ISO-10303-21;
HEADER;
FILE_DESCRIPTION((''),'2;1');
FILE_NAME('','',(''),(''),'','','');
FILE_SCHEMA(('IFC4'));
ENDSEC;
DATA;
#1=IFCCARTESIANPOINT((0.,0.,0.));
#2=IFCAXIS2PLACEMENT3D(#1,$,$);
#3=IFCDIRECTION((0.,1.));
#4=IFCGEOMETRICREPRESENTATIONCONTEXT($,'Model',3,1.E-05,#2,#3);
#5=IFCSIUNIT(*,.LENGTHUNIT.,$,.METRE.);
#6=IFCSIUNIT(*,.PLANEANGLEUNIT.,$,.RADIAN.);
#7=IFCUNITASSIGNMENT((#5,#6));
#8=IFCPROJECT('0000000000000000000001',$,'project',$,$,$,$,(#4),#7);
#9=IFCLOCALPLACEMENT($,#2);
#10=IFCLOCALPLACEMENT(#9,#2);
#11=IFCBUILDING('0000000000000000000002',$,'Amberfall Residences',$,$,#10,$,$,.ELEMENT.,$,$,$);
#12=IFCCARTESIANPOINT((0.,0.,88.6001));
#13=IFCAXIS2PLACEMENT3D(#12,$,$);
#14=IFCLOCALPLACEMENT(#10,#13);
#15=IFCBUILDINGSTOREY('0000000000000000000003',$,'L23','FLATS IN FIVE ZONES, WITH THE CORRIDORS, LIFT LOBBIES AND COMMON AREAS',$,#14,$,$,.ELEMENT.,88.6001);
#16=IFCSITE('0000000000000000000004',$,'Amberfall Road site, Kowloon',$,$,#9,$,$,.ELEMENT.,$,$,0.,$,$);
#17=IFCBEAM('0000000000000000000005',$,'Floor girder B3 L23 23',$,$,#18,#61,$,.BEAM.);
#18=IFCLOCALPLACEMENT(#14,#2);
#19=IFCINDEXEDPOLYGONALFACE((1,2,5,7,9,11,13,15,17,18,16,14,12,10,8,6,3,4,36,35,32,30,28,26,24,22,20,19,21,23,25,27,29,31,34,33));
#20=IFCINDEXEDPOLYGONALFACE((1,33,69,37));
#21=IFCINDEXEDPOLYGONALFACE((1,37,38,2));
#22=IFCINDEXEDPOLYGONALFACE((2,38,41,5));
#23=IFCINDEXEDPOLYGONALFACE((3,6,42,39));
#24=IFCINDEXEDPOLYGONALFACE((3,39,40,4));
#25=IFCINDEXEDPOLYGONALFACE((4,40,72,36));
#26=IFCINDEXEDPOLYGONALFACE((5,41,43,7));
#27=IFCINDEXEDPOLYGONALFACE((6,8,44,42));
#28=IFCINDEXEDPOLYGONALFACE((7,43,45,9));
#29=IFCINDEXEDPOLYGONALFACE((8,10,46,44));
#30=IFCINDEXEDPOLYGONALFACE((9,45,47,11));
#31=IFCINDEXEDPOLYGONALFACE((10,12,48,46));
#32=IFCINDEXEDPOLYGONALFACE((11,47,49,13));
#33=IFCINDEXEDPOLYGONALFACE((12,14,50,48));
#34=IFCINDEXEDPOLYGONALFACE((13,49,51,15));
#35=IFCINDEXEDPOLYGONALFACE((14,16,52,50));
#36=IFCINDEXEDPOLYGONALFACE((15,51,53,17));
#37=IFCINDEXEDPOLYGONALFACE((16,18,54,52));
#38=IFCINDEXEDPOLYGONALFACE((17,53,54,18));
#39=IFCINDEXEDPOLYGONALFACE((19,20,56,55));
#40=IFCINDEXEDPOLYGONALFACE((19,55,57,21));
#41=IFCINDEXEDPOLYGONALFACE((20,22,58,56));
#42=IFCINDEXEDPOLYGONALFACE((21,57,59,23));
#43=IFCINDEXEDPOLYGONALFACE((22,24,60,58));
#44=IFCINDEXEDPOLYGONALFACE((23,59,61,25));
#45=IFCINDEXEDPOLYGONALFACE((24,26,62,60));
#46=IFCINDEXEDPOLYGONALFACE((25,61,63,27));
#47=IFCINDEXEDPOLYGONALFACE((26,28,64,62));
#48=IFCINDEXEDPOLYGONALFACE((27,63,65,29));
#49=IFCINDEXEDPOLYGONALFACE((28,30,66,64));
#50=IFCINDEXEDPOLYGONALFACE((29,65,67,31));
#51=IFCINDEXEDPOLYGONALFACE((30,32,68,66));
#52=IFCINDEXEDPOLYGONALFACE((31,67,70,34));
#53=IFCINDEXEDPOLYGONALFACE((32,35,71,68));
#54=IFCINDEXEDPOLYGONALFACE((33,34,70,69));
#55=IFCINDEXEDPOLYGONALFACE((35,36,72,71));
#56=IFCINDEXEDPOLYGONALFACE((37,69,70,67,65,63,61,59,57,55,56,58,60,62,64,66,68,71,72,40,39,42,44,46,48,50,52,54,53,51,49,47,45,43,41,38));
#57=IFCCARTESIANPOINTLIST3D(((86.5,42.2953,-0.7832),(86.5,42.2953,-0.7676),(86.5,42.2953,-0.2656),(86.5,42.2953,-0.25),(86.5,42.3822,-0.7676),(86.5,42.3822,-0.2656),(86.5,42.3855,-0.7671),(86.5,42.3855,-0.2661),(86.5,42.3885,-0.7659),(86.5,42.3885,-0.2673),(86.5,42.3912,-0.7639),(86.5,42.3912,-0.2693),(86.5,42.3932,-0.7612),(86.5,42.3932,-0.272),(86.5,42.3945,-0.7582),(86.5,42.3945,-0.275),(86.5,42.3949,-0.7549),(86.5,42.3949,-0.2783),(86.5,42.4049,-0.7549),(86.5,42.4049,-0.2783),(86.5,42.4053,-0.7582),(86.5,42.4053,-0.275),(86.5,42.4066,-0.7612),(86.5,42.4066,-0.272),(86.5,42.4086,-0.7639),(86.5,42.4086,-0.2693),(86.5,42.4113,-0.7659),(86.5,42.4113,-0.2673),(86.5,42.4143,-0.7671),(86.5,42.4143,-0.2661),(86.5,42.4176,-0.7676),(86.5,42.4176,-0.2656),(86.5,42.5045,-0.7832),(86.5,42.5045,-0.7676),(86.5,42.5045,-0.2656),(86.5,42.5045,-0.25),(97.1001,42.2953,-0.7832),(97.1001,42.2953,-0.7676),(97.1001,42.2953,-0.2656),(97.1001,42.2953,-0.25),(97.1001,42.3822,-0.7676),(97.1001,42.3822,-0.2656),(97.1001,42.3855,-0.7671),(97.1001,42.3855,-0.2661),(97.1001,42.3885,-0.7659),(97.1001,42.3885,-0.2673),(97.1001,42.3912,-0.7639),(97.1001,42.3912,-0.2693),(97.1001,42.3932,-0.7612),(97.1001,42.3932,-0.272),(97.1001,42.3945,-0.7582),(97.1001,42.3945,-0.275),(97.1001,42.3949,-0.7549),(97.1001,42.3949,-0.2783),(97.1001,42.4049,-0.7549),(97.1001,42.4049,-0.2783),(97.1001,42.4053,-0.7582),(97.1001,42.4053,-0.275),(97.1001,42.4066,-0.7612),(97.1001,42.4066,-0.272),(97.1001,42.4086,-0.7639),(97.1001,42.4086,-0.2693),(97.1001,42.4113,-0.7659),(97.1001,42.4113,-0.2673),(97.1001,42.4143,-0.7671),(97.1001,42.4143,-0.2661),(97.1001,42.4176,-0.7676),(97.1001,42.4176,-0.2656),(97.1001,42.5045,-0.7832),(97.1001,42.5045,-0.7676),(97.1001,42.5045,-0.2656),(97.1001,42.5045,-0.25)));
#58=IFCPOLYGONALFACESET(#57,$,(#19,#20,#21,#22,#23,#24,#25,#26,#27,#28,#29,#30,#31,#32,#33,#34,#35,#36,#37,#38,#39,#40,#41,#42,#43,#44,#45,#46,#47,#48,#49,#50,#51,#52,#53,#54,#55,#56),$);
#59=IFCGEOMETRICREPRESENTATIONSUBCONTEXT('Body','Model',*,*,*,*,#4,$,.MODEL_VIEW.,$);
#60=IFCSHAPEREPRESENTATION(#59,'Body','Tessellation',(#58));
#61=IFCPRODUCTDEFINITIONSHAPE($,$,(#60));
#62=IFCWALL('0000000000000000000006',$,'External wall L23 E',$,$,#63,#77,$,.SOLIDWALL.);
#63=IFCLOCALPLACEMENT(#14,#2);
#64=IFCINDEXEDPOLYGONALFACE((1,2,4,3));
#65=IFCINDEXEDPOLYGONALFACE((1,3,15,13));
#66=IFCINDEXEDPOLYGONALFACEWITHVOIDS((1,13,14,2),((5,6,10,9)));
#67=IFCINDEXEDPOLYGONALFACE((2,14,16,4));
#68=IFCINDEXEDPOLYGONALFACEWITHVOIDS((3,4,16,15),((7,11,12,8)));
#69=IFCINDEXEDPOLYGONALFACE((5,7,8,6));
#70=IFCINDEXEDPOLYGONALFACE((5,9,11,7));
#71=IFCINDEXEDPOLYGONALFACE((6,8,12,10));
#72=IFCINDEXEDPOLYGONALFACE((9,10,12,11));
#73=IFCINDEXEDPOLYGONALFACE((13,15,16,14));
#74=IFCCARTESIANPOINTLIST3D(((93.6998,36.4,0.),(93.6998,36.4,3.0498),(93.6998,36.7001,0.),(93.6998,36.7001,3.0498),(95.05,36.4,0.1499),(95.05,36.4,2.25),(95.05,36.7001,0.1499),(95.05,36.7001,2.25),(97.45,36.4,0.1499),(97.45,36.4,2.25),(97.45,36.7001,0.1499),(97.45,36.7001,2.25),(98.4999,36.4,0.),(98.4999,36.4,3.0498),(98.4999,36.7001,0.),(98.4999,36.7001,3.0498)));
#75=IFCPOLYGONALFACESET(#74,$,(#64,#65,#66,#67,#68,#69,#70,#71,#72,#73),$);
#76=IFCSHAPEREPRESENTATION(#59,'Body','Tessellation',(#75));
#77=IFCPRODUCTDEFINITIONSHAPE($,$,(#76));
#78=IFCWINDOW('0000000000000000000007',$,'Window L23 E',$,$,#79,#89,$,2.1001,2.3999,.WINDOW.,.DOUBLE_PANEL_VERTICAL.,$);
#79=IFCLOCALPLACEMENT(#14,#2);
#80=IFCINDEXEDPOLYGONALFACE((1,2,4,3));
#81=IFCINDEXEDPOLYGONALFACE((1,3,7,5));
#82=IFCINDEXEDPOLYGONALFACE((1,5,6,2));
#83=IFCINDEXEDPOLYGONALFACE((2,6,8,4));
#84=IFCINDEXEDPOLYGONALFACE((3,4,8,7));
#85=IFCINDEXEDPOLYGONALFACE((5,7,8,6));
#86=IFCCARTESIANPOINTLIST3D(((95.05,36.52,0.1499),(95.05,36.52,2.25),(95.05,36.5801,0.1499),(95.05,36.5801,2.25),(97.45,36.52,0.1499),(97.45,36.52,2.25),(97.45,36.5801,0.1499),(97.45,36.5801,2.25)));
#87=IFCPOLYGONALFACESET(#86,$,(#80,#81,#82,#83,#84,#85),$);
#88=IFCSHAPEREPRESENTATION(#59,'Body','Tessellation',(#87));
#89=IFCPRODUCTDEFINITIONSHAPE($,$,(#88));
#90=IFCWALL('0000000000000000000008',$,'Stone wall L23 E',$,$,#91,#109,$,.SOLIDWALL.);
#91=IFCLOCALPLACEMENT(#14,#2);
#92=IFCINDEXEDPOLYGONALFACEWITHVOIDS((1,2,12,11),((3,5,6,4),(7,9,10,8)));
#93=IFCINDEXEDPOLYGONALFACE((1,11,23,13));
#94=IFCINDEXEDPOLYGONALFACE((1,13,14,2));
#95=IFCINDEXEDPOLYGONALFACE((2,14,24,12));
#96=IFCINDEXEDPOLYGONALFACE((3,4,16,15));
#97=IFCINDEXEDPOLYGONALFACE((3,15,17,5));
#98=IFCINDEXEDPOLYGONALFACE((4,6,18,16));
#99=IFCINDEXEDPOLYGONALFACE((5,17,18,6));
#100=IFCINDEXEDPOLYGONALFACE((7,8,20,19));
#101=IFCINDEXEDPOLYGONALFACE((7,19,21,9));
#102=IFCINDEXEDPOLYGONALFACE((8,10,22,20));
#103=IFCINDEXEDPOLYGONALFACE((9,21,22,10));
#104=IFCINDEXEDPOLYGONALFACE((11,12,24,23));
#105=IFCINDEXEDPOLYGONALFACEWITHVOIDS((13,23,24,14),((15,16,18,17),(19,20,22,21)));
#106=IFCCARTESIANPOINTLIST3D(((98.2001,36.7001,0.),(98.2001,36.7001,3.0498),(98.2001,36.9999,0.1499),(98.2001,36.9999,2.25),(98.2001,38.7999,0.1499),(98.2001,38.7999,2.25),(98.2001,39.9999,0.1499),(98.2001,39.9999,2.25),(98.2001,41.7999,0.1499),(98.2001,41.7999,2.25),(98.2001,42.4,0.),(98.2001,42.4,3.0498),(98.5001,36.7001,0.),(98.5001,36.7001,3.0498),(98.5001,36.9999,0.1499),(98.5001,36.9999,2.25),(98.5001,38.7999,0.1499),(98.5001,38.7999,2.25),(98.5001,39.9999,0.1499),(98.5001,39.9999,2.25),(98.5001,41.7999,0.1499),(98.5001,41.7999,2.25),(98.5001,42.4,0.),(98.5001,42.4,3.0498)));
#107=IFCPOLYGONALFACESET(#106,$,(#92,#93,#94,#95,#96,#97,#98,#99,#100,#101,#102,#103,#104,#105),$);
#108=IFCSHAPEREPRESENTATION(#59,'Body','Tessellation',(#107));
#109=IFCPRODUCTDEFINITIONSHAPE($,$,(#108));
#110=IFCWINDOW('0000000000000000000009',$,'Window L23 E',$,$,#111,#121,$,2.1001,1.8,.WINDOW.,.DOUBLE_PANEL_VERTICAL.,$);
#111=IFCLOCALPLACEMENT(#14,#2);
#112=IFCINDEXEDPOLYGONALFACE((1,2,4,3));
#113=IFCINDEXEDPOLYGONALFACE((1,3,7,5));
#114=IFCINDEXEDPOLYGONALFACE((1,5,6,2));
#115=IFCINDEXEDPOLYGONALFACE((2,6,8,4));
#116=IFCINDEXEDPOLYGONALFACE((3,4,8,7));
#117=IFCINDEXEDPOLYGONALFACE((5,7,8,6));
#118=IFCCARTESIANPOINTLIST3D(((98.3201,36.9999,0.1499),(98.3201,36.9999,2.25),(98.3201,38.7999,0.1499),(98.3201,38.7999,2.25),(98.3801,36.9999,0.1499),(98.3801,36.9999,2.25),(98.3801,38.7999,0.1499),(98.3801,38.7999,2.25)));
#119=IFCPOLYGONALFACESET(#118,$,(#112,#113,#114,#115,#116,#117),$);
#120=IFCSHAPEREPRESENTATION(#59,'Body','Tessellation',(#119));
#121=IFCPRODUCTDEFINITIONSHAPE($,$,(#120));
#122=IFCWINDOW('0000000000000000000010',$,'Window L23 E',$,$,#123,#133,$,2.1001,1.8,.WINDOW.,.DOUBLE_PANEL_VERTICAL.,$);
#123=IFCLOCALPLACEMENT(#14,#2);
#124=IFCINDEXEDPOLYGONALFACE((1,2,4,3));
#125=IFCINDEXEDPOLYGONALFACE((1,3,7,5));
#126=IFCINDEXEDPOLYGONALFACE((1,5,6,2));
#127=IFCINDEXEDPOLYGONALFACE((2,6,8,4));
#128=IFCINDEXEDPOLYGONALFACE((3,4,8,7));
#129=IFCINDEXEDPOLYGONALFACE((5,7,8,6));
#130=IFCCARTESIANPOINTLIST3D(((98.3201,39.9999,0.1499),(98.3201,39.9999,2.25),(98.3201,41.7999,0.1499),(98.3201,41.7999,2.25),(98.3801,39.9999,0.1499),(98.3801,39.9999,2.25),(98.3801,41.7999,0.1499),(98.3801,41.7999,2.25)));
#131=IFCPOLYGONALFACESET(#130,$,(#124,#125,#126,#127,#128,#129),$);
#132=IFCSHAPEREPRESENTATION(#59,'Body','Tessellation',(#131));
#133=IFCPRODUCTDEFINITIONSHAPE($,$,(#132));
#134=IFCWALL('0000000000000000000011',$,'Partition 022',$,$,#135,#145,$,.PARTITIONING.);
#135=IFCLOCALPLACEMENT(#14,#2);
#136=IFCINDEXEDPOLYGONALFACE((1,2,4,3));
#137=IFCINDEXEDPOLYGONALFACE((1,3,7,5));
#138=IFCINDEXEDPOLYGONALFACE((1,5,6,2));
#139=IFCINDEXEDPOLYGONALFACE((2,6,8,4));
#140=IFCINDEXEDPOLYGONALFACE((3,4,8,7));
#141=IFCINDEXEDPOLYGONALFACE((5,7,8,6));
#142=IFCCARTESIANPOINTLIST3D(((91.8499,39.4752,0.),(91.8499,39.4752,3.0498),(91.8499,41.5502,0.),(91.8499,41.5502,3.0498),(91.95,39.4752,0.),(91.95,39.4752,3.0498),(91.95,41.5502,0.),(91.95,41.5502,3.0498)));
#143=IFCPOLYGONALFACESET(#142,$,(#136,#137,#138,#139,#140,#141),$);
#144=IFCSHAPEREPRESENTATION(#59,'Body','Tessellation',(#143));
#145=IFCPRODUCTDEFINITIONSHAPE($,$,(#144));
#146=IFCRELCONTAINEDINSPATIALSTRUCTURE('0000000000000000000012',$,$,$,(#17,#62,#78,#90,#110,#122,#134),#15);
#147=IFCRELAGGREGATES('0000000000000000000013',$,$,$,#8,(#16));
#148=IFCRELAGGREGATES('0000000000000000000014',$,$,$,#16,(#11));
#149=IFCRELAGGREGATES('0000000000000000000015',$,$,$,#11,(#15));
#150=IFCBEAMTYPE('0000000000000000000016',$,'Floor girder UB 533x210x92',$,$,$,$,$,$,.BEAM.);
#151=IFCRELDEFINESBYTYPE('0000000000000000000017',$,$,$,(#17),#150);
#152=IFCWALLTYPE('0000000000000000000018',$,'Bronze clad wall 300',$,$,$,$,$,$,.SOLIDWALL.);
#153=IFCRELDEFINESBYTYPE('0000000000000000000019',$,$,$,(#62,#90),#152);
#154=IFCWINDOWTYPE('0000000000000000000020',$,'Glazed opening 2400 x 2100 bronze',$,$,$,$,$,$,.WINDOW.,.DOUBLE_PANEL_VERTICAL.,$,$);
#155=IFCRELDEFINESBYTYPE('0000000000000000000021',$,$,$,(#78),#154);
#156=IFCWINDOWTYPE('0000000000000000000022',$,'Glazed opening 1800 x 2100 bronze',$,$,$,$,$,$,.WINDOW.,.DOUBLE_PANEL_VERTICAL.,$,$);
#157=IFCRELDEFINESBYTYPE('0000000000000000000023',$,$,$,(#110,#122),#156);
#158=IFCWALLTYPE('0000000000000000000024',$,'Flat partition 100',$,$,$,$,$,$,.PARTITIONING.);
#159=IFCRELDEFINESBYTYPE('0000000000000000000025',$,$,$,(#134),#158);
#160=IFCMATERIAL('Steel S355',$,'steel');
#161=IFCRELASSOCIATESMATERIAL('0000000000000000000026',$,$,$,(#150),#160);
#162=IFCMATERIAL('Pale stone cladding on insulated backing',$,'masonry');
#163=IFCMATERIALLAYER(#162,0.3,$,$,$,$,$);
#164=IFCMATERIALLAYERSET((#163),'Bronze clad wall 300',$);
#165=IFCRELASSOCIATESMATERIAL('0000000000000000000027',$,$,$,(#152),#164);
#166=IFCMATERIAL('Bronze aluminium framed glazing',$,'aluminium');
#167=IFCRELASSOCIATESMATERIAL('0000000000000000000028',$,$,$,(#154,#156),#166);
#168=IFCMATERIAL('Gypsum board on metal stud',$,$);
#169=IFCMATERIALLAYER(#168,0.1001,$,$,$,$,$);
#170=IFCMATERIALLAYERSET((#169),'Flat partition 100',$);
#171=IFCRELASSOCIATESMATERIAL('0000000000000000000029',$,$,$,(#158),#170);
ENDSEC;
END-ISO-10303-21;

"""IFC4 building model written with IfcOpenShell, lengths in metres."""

from ifc_helpers import new_model, si_unit, direction, frame, frame_2d, origin, origin_2d, place, context, subcontext, project, spatial, rectangle, i_section, extrude, material, layer, layer_set, material_profile, profile_set, type_object, element, fill, save


model = new_model("IFC4")

# Units and contexts
model_context = context("Model", 3, precision=1e-05, world=origin(), true_north=direction((0.0, 1.0)))
body_context = subcontext(model_context, "Body", "Model", "MODEL_VIEW")
ifc_project = project(units=[si_unit("LENGTHUNIT", "METRE"), si_unit("PLANEANGLEUNIT", "RADIAN")], contexts=[model_context])

# Site, building, storey
site_placement = place(None, origin())
site = spatial("IfcSite", under=ifc_project, at=site_placement, Name="Amberfall Road site, Kowloon", CompositionType="ELEMENT", RefElevation=0.0)
building_placement = place(site_placement, origin())
building = spatial("IfcBuilding", under=site, at=building_placement, Name="Amberfall Residences", CompositionType="ELEMENT")
storey_placement = place(building_placement, frame((0.0, 0.0, 88.6001)))
storey = spatial("IfcBuildingStorey", under=building, at=storey_placement, Name="L23", Description="FLATS IN FIVE ZONES, WITH THE CORRIDORS, LIFT LOBBIES AND COMMON AREAS", CompositionType="ELEMENT", Elevation=88.6001)

# Beam
ifc_material_1 = material(Name="Steel S355", Category="steel")
ifc_material_profile_1 = material_profile(ifc_material_1, i_section(OverallWidth=0.2092, OverallDepth=0.5332, WebThickness=0.01, FlangeThickness=0.0156, FilletRadius=0.0127, at=origin_2d()), Name="UB 533x210x92")
ifc_profile_set_1 = profile_set([ifc_material_profile_1], Name="Steel S355")
beam_type_1 = type_object("IfcBeamType", Name="Floor girder UB 533x210x92", PredefinedType="BEAM", material=ifc_profile_set_1)
beam_1_placement = place(storey_placement, frame((97.1001, 42.3999, -0.5166), z_axis=(-1.0, 0.0, 0.0), x_axis=(0.0, -1.0, 0.0)))
element("IfcBeam", 1, at=beam_1_placement, inside=storey, type_object=beam_type_1, Name="Floor girder B3 L23 23", PredefinedType="BEAM", context=body_context, shape_type="SweptSolid", body=[
    extrude(i_section(OverallWidth=0.2092, OverallDepth=0.5332, WebThickness=0.01, FlangeThickness=0.0156, FilletRadius=0.0127, at=origin_2d()), origin(), (0.0, 0.0, 1.0), 10.6001),
])

# Wall, opening, window
ifc_material_2 = material(Name="Pale stone cladding on insulated backing", Category="masonry")
ifc_layer_1 = layer(ifc_material_2, 0.3)
ifc_layer_set_1 = layer_set([ifc_layer_1], Name="Bronze clad wall 300")
wall_type_1 = type_object("IfcWallType", Name="Bronze clad wall 300", PredefinedType="SOLIDWALL", material=ifc_layer_set_1)
wall_1_placement = place(storey_placement, frame((93.7, 36.55, 0.0), z_axis=(0.0, 0.0, 1.0), x_axis=(1.0, 0.0, 0.0)))
wall_1 = element("IfcWall", 2, at=wall_1_placement, inside=storey, type_object=wall_type_1, Name="External wall L23 E", PredefinedType="SOLIDWALL", context=body_context, shape_type="SweptSolid", body=[
    extrude(rectangle(XDim=4.8, YDim=0.3, at=frame_2d((2.3999, 0.0))), origin(), (0.0, 0.0, 1.0), 3.0498),
])
opening_1_placement = place(wall_1_placement, frame((1.3501, 0.0, 0.1499)))
opening_1 = element("IfcOpeningElement", 3, at=opening_1_placement, cuts=wall_1, PredefinedType="OPENING", context=body_context, shape_type="SweptSolid", body=[
    extrude(rectangle(XDim=2.3999, YDim=2.1001, at=frame_2d((1.2, 1.05))), frame((0.0, 0.1599, 0.0), z_axis=(0.0, -1.0, 0.0), x_axis=(1.0, 0.0, 0.0)), (0.0, 0.0, 1.0), 0.3201),
])
ifc_material_3 = material(Name="Bronze aluminium framed glazing", Category="aluminium")
window_type_1 = type_object("IfcWindowType", Name="Glazed opening 2400 x 2100 bronze", PartitioningType="DOUBLE_PANEL_VERTICAL", PredefinedType="WINDOW", material=ifc_material_3)
window_1_placement = place(opening_1_placement, origin())
window_1 = element("IfcWindow", 4, at=window_1_placement, inside=storey, type_object=window_type_1, Name="Window L23 E", OverallHeight=2.1001, OverallWidth=2.3999, PartitioningType="DOUBLE_PANEL_VERTICAL", PredefinedType="WINDOW", context=body_context, shape_type="SweptSolid", body=[
    extrude(rectangle(XDim=2.3999, YDim=2.1001, at=frame_2d((1.2, 1.05))), frame((0.0, 0.03, 0.0), z_axis=(0.0, -1.0, 0.0), x_axis=(1.0, 0.0, 0.0)), (0.0, 0.0, 1.0), 0.0601),
])
fill(opening_1, window_1)

# Wall, openings, windows
wall_2_placement = place(storey_placement, frame((98.3501, 36.7, 0.0), z_axis=(0.0, 0.0, 1.0), x_axis=(0.0, 1.0, 0.0)))
wall_2 = element("IfcWall", 5, at=wall_2_placement, inside=storey, type_object=wall_type_1, Name="Stone wall L23 E", PredefinedType="SOLIDWALL", context=body_context, shape_type="SweptSolid", body=[
    extrude(rectangle(XDim=5.7, YDim=0.3, at=frame_2d((2.8501, 0.0))), origin(), (0.0, 0.0, 1.0), 3.0498),
])
opening_2_placement = place(wall_2_placement, frame((0.3, 0.0, 0.1499)))
opening_2 = element("IfcOpeningElement", 6, at=opening_2_placement, cuts=wall_2, PredefinedType="OPENING", context=body_context, shape_type="SweptSolid", body=[
    extrude(rectangle(XDim=1.8, YDim=2.1001, at=frame_2d((0.8999, 1.05))), frame((0.0, 0.1599, 0.0), z_axis=(0.0, -1.0, 0.0), x_axis=(1.0, 0.0, 0.0)), (0.0, 0.0, 1.0), 0.3201),
])
opening_3_placement = place(wall_2_placement, frame((3.3, 0.0, 0.1499)))
opening_3 = element("IfcOpeningElement", 7, at=opening_3_placement, cuts=wall_2, PredefinedType="OPENING", context=body_context, shape_type="SweptSolid", body=[
    extrude(rectangle(XDim=1.8, YDim=2.1001, at=frame_2d((0.8999, 1.05))), frame((0.0, 0.1599, 0.0), z_axis=(0.0, -1.0, 0.0), x_axis=(1.0, 0.0, 0.0)), (0.0, 0.0, 1.0), 0.3201),
])
window_type_2 = type_object("IfcWindowType", Name="Glazed opening 1800 x 2100 bronze", PartitioningType="DOUBLE_PANEL_VERTICAL", PredefinedType="WINDOW", material=ifc_material_3)
window_2_placement = place(opening_2_placement, origin())
window_2 = element("IfcWindow", 8, at=window_2_placement, inside=storey, type_object=window_type_2, Name="Window L23 E", OverallHeight=2.1001, OverallWidth=1.8, PartitioningType="DOUBLE_PANEL_VERTICAL", PredefinedType="WINDOW", context=body_context, shape_type="SweptSolid", body=[
    extrude(rectangle(XDim=1.8, YDim=2.1001, at=frame_2d((0.8999, 1.05))), frame((0.0, 0.03, 0.0), z_axis=(0.0, -1.0, 0.0), x_axis=(1.0, 0.0, 0.0)), (0.0, 0.0, 1.0), 0.0601),
])
fill(opening_2, window_2)
window_3_placement = place(opening_3_placement, origin())
window_3 = element("IfcWindow", 9, at=window_3_placement, inside=storey, type_object=window_type_2, Name="Window L23 E", OverallHeight=2.1001, OverallWidth=1.8, PartitioningType="DOUBLE_PANEL_VERTICAL", PredefinedType="WINDOW", context=body_context, shape_type="SweptSolid", body=[
    extrude(rectangle(XDim=1.8, YDim=2.1001, at=frame_2d((0.8999, 1.05))), frame((0.0, 0.03, 0.0), z_axis=(0.0, -1.0, 0.0), x_axis=(1.0, 0.0, 0.0)), (0.0, 0.0, 1.0), 0.0601),
])
fill(opening_3, window_3)

# Wall
ifc_material_4 = material(Name="Gypsum board on metal stud")
ifc_layer_2 = layer(ifc_material_4, 0.1001)
ifc_layer_set_2 = layer_set([ifc_layer_2], Name="Flat partition 100")
wall_type_2 = type_object("IfcWallType", Name="Flat partition 100", PredefinedType="PARTITIONING", material=ifc_layer_set_2)
wall_3_placement = place(storey_placement, frame((91.8999, 39.4751, 0.0), z_axis=(0.0, 0.0, 1.0), x_axis=(0.0, 1.0, 0.0)))
element("IfcWall", 10, at=wall_3_placement, inside=storey, type_object=wall_type_2, Name="Partition 022", PredefinedType="PARTITIONING", context=body_context, shape_type="SweptSolid", body=[
    extrude(rectangle(XDim=2.075, YDim=0.1001, at=frame_2d((1.0376, 0.0))), origin(), (0.0, 0.0, 1.0), 3.0498),
])

save(model, "model.ifc")
